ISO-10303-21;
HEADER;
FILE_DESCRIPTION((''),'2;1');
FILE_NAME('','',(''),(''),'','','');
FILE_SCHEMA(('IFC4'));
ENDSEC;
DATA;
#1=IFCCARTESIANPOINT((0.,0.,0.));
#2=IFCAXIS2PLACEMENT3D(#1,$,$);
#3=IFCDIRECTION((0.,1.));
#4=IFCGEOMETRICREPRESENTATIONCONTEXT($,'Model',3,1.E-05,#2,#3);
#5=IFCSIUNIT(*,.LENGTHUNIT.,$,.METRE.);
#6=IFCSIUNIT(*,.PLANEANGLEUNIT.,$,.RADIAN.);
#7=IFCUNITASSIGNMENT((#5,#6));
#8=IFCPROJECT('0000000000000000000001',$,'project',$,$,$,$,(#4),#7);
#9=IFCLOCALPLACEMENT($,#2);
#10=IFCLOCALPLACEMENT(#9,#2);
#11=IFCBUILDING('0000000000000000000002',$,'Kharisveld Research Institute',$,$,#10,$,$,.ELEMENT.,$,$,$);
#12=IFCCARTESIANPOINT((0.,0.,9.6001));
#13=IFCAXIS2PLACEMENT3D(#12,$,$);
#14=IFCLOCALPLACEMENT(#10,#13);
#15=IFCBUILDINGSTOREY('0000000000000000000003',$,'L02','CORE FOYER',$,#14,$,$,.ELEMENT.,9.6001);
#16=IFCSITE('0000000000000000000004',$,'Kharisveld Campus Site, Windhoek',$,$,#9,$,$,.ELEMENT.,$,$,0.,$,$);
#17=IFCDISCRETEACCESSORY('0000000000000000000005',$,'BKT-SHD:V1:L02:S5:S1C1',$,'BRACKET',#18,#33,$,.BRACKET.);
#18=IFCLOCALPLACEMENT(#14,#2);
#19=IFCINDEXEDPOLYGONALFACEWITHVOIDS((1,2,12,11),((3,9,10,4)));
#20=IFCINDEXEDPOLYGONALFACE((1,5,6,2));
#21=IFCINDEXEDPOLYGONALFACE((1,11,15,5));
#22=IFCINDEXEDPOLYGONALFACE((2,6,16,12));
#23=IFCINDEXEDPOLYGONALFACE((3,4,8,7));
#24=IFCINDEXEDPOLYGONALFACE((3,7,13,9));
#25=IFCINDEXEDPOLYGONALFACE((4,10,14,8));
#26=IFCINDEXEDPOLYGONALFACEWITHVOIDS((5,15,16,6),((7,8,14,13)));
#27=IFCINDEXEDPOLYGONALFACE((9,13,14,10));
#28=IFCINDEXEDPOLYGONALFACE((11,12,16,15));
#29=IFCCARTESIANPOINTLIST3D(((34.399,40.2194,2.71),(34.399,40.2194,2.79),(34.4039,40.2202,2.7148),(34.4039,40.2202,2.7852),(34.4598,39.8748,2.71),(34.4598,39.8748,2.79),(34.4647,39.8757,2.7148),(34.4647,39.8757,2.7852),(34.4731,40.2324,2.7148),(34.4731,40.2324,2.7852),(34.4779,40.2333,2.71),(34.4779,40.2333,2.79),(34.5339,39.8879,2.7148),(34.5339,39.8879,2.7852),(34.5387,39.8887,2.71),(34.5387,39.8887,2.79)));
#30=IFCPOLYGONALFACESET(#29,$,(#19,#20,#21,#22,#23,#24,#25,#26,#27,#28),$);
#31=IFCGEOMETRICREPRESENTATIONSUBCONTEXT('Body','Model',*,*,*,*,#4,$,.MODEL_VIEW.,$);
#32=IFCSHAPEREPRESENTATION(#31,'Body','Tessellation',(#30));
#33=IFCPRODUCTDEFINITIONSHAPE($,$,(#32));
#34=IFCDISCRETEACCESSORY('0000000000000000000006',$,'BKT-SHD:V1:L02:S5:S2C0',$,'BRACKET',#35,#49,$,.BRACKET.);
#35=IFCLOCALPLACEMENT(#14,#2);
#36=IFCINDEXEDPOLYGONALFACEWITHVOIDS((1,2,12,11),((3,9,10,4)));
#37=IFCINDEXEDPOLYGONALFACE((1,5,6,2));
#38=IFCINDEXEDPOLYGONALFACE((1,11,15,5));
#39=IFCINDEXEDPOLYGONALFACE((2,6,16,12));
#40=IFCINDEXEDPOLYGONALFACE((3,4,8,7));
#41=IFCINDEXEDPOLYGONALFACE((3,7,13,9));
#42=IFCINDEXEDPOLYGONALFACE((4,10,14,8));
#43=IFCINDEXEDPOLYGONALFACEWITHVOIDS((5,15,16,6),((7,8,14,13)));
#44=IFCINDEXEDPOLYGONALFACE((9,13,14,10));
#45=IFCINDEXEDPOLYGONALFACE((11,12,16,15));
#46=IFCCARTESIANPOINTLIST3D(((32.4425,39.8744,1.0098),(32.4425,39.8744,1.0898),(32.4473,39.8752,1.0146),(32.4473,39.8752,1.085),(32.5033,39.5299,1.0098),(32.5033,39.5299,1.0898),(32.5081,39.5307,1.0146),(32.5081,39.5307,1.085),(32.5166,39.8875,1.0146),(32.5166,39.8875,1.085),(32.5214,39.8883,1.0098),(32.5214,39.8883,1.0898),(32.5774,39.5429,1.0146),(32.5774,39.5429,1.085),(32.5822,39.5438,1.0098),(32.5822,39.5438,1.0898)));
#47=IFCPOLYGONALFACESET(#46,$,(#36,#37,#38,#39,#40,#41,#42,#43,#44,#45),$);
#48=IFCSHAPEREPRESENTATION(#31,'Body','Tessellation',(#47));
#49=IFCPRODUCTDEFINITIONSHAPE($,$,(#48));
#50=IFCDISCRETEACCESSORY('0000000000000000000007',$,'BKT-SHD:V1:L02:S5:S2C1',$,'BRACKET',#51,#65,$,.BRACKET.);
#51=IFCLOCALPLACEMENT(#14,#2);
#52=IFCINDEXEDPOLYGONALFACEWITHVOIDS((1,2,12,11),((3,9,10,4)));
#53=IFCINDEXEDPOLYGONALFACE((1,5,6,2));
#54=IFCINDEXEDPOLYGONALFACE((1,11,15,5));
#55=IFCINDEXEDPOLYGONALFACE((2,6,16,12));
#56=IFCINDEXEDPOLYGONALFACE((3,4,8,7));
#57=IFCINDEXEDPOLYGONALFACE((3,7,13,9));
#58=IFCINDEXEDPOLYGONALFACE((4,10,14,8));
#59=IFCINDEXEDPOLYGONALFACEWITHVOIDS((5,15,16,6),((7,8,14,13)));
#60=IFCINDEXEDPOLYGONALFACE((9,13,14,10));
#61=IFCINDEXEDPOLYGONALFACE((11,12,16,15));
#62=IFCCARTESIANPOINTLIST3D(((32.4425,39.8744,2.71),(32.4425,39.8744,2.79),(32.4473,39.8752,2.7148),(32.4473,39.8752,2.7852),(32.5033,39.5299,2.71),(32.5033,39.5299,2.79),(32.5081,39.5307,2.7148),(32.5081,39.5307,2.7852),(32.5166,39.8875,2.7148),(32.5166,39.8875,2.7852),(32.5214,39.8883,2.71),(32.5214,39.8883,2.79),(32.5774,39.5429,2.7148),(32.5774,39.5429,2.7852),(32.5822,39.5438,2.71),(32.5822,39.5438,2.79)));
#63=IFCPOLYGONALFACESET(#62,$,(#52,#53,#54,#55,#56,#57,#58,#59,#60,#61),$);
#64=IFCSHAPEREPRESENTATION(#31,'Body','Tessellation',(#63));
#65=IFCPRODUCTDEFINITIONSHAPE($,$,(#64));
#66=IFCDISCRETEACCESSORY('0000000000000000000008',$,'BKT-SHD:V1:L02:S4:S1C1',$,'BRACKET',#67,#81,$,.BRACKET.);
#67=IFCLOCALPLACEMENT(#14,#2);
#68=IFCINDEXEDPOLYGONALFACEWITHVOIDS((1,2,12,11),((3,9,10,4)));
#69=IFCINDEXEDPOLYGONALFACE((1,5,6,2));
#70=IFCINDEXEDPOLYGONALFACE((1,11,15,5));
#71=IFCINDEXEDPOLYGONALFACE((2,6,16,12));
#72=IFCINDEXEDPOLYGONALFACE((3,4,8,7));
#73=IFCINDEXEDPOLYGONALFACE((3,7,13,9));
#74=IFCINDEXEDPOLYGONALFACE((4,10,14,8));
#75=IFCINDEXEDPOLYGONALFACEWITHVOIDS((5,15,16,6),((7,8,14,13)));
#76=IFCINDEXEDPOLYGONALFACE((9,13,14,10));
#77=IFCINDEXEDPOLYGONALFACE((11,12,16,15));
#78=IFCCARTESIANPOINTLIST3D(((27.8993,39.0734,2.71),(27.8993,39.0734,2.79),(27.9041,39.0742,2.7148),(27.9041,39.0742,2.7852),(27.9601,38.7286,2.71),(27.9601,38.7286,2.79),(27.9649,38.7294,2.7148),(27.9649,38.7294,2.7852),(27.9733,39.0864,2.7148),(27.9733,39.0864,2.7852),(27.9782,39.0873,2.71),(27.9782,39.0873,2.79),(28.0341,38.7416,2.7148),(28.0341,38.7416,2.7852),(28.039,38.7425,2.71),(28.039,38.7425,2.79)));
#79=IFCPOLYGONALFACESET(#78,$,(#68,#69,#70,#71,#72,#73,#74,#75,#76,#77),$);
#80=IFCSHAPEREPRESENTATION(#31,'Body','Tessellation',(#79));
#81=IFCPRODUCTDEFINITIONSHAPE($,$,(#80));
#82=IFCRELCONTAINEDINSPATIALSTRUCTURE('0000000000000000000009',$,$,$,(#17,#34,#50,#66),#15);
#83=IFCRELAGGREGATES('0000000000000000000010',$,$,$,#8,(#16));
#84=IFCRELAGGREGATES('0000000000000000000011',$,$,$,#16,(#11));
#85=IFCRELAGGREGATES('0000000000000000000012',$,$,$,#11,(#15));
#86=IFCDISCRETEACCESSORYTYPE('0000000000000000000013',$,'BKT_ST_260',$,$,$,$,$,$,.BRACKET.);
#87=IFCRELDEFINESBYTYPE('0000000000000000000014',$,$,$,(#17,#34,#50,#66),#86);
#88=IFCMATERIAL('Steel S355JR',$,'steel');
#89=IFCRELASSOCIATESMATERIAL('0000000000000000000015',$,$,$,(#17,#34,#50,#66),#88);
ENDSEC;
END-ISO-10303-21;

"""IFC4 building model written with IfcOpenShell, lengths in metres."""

from ifc_helpers import new_model, si_unit, direction, frame, origin, origin_2d, place, context, subcontext, project, spatial, hollow_rectangle, extrude, material, type_object, element, save


model = new_model("IFC4")

# Units and contexts
model_context = context("Model", 3, precision=1e-05, world=origin(), true_north=direction((0.0, 1.0)))
body_context = subcontext(model_context, "Body", "Model", "MODEL_VIEW")
ifc_project = project(units=[si_unit("LENGTHUNIT", "METRE"), si_unit("PLANEANGLEUNIT", "RADIAN")], contexts=[model_context])

# Site, building, storey
site_placement = place(None, origin())
site = spatial("IfcSite", under=ifc_project, at=site_placement, Name="Kharisveld Campus Site, Windhoek", CompositionType="ELEMENT", RefElevation=0.0)
building_placement = place(site_placement, origin())
building = spatial("IfcBuilding", under=site, at=building_placement, Name="Kharisveld Research Institute", CompositionType="ELEMENT")
storey_placement = place(building_placement, frame((0.0, 0.0, 9.6001)))
storey = spatial("IfcBuildingStorey", under=building, at=storey_placement, Name="L02", Description="CORE FOYER", CompositionType="ELEMENT", Elevation=9.6001)

# Discrete accessories
ifc_material_1 = material(Name="Steel S355JR", Category="steel")
discrete_accessory_type = type_object("IfcDiscreteAccessoryType", Name="BKT_ST_260", PredefinedType="BRACKET")
for number, where, z_axis, x_axis, name in (
    (1, (34.4385, 40.2263, 2.75), (0.173785, -0.984784, 0.0), (0.984784, 0.173785, 0.0), "BKT-SHD:V1:L02:S5:S1C1"),
    (2, (32.4819, 39.8813, 1.0498), (0.173785, -0.984784, 0.0), (0.984784, 0.173785, 0.0), "BKT-SHD:V1:L02:S5:S2C0"),
    (3, (32.4819, 39.8813, 2.75), (0.173785, -0.984784, 0.0), (0.984784, 0.173785, 0.0), "BKT-SHD:V1:L02:S5:S2C1"),
):
    element("IfcDiscreteAccessory", number, at=place(storey_placement, frame(where, z_axis=z_axis, x_axis=x_axis)), inside=storey, type_object=discrete_accessory_type, material=ifc_material_1, Name=name, ObjectType="BRACKET", PredefinedType="BRACKET", context=body_context, shape_type="SweptSolid", body=[
        extrude(hollow_rectangle(XDim=0.0801, YDim=0.0801, WallThickness=0.0049, at=origin_2d()), origin(), (0.0, 0.0, 1.0), 0.3499),
    ])
discrete_accessory_placement = place(storey_placement, frame((27.9387, 39.0803, 2.75), z_axis=(0.173666, -0.984805, 0.0), x_axis=(0.984805, 0.173666, 0.0)))
element("IfcDiscreteAccessory", 4, at=discrete_accessory_placement, inside=storey, type_object=discrete_accessory_type, material=ifc_material_1, Name="BKT-SHD:V1:L02:S4:S1C1", ObjectType="BRACKET", PredefinedType="BRACKET", context=body_context, shape_type="SweptSolid", body=[
    extrude(hollow_rectangle(XDim=0.0801, YDim=0.0801, WallThickness=0.0049, at=origin_2d()), origin(), (0.0, 0.0, 1.0), 0.3501),
])

save(model, "model.ifc")
